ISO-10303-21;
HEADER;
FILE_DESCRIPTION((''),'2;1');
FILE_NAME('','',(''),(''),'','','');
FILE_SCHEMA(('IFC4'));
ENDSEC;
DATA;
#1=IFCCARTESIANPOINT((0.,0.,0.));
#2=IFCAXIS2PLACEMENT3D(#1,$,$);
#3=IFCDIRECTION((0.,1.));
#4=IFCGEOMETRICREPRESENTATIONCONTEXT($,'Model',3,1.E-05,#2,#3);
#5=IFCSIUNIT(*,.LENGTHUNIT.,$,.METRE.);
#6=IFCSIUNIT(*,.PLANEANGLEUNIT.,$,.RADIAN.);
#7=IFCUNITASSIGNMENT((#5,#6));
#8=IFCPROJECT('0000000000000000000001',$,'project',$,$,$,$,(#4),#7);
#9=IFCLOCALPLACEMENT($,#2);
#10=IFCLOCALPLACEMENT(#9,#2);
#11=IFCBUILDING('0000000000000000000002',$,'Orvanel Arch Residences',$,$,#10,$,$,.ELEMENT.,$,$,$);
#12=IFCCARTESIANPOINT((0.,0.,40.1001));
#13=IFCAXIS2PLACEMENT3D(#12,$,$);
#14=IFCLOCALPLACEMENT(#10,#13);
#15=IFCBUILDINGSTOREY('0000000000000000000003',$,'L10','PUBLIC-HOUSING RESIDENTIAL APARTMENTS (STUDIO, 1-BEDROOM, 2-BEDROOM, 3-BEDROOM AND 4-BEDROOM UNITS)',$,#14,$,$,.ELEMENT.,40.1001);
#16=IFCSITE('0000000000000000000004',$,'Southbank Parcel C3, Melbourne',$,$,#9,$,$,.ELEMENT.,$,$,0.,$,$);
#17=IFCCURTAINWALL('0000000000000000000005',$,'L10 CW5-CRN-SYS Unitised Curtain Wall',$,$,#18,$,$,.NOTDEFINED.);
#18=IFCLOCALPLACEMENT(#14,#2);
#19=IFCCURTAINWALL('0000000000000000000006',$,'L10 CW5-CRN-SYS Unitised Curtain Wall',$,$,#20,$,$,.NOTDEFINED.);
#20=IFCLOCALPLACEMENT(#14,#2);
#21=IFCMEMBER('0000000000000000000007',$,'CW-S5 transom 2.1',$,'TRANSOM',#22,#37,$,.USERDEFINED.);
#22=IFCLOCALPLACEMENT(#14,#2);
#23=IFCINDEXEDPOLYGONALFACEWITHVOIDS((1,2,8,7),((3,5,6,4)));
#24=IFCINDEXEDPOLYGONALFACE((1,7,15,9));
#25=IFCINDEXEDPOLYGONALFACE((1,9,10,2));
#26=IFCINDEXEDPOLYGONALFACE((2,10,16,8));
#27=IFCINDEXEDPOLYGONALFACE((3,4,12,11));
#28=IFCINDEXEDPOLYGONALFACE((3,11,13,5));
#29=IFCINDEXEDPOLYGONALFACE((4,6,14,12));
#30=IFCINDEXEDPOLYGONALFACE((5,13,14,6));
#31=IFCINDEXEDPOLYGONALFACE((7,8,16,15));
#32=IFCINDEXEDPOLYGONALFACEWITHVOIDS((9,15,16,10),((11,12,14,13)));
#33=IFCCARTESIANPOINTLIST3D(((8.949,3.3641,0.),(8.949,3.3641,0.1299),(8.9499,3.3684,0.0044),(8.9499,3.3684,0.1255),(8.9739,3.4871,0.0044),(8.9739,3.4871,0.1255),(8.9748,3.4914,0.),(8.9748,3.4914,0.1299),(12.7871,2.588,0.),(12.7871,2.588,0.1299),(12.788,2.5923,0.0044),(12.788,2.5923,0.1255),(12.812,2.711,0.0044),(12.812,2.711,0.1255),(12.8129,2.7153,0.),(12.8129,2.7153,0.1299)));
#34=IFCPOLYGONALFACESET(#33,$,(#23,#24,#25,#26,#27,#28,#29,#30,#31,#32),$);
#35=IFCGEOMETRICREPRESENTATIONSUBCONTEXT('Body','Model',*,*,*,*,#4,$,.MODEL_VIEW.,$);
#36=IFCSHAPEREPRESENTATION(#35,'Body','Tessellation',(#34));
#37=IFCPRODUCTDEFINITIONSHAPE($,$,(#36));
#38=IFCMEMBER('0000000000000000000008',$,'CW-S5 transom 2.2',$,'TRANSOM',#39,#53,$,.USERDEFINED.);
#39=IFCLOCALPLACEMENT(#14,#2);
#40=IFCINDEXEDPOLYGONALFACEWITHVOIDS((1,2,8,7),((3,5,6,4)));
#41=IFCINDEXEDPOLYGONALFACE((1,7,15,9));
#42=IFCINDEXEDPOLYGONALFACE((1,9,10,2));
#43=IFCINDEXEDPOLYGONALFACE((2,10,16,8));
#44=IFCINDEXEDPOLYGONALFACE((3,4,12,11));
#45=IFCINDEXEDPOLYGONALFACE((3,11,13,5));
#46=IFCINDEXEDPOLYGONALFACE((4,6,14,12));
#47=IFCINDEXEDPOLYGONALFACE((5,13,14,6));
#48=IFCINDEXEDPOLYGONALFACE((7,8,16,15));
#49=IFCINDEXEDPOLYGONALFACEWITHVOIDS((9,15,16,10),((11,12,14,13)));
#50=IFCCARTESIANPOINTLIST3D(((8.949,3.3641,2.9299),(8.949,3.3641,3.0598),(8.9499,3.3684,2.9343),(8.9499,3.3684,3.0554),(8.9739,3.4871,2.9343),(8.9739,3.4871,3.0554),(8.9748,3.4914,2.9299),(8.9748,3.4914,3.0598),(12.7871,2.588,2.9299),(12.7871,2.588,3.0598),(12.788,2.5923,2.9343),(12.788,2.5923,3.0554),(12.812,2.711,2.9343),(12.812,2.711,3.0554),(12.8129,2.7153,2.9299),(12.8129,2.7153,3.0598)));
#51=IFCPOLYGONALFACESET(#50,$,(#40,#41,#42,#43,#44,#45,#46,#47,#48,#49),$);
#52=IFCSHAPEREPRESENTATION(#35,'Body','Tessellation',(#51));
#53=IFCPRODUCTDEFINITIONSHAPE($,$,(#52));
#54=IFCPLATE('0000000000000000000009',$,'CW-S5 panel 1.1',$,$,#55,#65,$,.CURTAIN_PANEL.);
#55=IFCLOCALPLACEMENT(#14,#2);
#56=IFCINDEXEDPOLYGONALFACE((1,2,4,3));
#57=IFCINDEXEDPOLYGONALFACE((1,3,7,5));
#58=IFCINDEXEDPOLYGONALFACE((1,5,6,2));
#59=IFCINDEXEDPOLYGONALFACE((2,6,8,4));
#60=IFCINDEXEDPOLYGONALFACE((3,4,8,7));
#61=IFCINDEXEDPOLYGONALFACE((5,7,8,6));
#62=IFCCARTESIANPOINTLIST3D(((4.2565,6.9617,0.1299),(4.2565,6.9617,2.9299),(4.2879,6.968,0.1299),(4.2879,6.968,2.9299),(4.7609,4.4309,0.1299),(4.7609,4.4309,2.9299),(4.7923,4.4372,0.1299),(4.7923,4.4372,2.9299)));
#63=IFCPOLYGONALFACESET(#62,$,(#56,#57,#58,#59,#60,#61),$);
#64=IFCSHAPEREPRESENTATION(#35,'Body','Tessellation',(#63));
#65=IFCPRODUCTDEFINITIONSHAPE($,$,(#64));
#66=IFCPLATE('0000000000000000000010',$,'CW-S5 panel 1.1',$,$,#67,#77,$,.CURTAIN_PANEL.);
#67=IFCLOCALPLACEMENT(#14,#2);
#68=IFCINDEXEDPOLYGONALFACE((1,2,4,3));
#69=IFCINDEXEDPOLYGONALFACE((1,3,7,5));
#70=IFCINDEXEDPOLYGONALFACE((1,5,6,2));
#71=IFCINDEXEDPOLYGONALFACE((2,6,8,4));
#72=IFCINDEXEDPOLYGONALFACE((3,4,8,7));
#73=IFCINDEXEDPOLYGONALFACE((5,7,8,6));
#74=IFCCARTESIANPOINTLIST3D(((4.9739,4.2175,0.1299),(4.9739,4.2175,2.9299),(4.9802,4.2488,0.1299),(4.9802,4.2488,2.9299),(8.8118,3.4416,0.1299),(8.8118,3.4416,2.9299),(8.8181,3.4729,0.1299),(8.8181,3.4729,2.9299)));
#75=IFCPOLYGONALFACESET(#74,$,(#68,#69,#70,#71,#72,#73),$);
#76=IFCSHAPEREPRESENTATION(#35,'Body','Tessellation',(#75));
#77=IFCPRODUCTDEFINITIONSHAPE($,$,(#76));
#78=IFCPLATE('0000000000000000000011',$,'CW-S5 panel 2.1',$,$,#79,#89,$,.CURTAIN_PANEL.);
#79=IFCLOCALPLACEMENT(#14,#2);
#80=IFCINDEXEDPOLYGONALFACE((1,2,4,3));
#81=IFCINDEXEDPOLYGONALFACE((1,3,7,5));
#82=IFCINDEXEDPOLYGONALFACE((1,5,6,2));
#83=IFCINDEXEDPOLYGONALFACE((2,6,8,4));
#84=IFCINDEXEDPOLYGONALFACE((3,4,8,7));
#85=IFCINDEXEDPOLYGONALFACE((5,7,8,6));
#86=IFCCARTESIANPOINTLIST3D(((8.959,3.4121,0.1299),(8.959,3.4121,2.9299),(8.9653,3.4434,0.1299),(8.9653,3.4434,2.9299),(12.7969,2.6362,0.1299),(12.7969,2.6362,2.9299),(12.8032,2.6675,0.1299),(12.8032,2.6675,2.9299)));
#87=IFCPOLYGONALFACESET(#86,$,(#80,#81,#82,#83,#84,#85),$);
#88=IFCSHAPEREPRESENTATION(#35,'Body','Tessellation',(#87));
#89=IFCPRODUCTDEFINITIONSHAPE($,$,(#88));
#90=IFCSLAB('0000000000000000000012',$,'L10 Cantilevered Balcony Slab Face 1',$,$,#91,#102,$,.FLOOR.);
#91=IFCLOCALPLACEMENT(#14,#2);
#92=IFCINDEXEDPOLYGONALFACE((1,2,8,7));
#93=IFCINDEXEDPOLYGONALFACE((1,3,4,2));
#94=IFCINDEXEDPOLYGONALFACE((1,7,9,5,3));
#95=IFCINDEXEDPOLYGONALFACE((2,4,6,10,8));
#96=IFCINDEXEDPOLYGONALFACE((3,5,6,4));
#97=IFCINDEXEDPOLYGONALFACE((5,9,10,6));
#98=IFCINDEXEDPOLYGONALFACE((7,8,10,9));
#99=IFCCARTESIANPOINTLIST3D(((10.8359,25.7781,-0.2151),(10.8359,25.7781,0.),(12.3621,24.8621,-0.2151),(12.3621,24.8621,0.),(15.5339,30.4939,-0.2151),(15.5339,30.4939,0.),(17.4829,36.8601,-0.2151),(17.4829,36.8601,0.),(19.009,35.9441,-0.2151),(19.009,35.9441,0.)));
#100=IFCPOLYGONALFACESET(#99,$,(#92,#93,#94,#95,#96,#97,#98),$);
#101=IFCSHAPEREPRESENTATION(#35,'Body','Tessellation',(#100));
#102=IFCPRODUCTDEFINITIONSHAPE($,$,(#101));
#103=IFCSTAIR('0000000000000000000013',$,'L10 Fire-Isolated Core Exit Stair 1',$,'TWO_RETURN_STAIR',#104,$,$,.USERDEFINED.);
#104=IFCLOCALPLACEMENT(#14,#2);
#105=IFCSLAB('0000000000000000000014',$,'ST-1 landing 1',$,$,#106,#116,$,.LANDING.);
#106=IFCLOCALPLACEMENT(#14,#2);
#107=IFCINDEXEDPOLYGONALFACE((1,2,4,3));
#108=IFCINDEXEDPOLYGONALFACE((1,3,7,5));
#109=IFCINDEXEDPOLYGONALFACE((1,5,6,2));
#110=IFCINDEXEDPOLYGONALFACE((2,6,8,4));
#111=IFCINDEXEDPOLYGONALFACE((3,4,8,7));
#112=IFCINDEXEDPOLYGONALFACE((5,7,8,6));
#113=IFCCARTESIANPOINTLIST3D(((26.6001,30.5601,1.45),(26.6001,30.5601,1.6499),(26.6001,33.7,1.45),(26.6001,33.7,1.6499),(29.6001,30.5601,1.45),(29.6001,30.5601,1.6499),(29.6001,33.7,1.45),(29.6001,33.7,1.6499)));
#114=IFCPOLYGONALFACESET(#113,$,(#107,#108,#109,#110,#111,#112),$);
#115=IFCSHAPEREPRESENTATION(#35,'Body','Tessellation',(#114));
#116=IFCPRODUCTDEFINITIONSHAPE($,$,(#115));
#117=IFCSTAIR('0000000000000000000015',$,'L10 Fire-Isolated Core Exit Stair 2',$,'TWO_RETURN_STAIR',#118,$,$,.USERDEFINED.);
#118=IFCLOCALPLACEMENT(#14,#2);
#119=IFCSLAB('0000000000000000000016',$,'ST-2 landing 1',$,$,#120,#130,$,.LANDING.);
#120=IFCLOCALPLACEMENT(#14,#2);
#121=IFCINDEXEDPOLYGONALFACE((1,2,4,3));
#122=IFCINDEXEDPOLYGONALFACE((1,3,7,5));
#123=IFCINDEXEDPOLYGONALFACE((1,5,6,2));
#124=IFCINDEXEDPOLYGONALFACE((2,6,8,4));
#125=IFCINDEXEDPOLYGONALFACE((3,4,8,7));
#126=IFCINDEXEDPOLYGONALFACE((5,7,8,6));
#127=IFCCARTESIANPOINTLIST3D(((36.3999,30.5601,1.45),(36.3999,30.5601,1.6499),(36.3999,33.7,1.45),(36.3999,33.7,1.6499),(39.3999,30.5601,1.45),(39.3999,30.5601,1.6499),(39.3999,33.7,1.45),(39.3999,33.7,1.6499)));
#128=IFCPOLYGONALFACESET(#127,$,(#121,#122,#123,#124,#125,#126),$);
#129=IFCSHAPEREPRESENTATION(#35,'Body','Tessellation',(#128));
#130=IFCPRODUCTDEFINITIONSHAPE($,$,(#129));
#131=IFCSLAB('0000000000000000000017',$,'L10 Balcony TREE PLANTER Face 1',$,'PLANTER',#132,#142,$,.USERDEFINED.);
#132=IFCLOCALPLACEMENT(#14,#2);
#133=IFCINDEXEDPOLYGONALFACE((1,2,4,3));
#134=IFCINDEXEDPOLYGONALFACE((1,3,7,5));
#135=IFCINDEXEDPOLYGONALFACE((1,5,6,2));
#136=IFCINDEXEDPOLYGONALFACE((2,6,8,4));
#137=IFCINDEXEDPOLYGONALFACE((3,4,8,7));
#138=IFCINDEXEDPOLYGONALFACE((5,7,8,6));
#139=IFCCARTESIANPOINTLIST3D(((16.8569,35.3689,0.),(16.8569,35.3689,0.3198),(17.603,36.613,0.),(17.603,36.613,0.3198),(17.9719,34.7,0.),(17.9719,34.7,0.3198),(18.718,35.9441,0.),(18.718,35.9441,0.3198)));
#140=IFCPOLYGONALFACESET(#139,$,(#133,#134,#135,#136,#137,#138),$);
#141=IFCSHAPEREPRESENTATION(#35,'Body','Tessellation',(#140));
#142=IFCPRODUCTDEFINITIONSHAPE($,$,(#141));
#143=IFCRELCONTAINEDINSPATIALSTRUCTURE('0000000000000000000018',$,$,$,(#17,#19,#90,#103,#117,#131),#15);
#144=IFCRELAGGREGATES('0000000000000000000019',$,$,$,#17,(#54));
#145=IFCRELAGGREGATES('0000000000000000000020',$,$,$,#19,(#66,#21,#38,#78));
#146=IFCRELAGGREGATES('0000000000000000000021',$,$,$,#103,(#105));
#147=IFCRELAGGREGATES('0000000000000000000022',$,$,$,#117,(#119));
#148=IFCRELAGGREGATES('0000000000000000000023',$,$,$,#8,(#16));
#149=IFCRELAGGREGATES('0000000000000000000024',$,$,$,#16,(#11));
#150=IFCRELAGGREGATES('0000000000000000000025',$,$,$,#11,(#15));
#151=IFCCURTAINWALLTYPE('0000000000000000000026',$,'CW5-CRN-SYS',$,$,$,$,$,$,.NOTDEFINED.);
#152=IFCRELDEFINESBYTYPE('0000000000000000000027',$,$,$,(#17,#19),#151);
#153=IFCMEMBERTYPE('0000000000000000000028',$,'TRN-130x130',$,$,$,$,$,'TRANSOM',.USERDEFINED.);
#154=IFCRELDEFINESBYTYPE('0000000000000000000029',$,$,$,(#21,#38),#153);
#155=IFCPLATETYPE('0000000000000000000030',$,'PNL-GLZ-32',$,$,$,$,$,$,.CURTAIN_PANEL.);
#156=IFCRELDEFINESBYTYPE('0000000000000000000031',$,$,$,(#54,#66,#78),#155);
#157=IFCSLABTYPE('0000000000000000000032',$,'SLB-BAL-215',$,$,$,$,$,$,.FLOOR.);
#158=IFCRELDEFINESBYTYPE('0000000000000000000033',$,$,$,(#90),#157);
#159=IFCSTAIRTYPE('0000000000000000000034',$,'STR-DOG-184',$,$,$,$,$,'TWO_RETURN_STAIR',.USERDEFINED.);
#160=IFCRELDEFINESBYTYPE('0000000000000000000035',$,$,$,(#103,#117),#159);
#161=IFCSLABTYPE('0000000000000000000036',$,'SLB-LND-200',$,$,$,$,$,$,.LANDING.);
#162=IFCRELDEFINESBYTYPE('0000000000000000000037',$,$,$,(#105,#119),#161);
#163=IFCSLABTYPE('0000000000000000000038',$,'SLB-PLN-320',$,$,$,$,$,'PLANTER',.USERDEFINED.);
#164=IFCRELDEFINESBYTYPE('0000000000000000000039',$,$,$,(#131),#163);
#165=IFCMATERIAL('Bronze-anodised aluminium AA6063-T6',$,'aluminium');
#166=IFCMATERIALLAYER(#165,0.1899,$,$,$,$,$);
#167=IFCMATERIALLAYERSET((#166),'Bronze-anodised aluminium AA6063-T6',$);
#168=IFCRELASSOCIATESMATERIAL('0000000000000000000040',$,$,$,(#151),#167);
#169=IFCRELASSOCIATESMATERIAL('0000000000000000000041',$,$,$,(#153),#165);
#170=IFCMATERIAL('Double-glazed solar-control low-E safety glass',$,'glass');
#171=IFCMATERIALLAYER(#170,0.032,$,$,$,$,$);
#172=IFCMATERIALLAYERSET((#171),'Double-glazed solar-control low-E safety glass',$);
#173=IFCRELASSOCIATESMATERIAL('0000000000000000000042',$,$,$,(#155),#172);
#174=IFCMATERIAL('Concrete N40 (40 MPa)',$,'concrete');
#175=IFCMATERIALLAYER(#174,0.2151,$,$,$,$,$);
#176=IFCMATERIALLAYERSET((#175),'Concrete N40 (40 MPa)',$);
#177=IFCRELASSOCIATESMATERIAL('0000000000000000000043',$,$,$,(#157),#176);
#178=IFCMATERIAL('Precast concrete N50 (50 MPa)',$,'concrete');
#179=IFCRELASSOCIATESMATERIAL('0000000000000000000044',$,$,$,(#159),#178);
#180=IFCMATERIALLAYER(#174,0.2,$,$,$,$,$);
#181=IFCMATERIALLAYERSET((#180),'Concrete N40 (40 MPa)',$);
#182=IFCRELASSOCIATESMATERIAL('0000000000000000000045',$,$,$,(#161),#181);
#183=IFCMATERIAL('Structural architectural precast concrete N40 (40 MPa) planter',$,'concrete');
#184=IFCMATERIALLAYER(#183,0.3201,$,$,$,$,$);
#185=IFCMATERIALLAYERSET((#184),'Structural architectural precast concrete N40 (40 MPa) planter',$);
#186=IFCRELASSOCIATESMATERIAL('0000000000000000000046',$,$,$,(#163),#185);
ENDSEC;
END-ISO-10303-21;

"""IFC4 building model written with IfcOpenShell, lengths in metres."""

from ifc_helpers import new_model, si_unit, direction, frame, origin, origin_2d, place, context, subcontext, project, spatial, polyline, rectangle, hollow_rectangle, outline, extrude, material, layer, layer_set, material_profile, profile_set, type_object, element, aggregate, save


model = new_model("IFC4")

# Units and contexts
model_context = context("Model", 3, precision=1e-05, world=origin(), true_north=direction((0.0, 1.0)))
body_context = subcontext(model_context, "Body", "Model", "MODEL_VIEW")
ifc_project = project(units=[si_unit("LENGTHUNIT", "METRE"), si_unit("PLANEANGLEUNIT", "RADIAN")], contexts=[model_context])

# Site, building, storey
site_placement = place(None, origin())
site = spatial("IfcSite", under=ifc_project, at=site_placement, Name="Southbank Parcel C3, Melbourne", CompositionType="ELEMENT", RefElevation=0.0)
building_placement = place(site_placement, origin())
building = spatial("IfcBuilding", under=site, at=building_placement, Name="Orvanel Arch Residences", CompositionType="ELEMENT")
storey_placement = place(building_placement, frame((0.0, 0.0, 40.1001)))
storey = spatial("IfcBuildingStorey", under=building, at=storey_placement, Name="L10", Description="PUBLIC-HOUSING RESIDENTIAL APARTMENTS (STUDIO, 1-BEDROOM, 2-BEDROOM, 3-BEDROOM AND 4-BEDROOM UNITS)", CompositionType="ELEMENT", Elevation=40.1001)

# Curtain walls
ifc_material_1 = material(Name="Bronze-anodised aluminium AA6063-T6", Category="aluminium")
ifc_layer_1 = layer(ifc_material_1, 0.1899)
ifc_layer_set_1 = layer_set([ifc_layer_1], Name="Bronze-anodised aluminium AA6063-T6")
curtain_wall_type_1 = type_object("IfcCurtainWallType", Name="CW5-CRN-SYS", PredefinedType="NOTDEFINED", material=ifc_layer_set_1)
curtain_wall_1_placement = place(storey_placement, origin())
curtain_wall_1 = element("IfcCurtainWall", 1, at=curtain_wall_1_placement, inside=storey, type_object=curtain_wall_type_1, Name="L10 CW5-CRN-SYS Unitised Curtain Wall", PredefinedType="NOTDEFINED")
curtain_wall_2_placement = place(storey_placement, origin())
curtain_wall_2 = element("IfcCurtainWall", 2, at=curtain_wall_2_placement, inside=storey, type_object=curtain_wall_type_1, Name="L10 CW5-CRN-SYS Unitised Curtain Wall", PredefinedType="NOTDEFINED")

# Members
ifc_material_profile_1 = material_profile(ifc_material_1, hollow_rectangle(XDim=0.1299, YDim=0.1299, WallThickness=0.0044, at=origin_2d()), Name="ALU130x130x4.5")
ifc_profile_set_1 = profile_set([ifc_material_profile_1], Name="Bronze-anodised aluminium AA6063-T6")
member_type_1 = type_object("IfcMemberType", Name="TRN-130x130", ElementType="TRANSOM", PredefinedType="USERDEFINED", material=ifc_profile_set_1)
member_1_placement = place(storey_placement, frame((8.9619, 3.4277, 0.0649), z_axis=(0.980161, -0.198202, 0.0), x_axis=(0.198202, 0.980161, 0.0)))
member_1 = element("IfcMember", 3, at=member_1_placement, type_object=member_type_1, Name="CW-S5 transom 2.1", ObjectType="TRANSOM", PredefinedType="USERDEFINED", context=body_context, shape_type="SweptSolid", body=[
    extrude(hollow_rectangle(XDim=0.1299, YDim=0.1299, WallThickness=0.0044, at=origin_2d()), origin(), (0.0, 0.0, 1.0), 3.9158),
])
member_2_placement = place(storey_placement, frame((8.9619, 3.4277, 2.9949), z_axis=(0.980161, -0.198202, 0.0), x_axis=(0.198202, 0.980161, 0.0)))
member_2 = element("IfcMember", 4, at=member_2_placement, type_object=member_type_1, Name="CW-S5 transom 2.2", ObjectType="TRANSOM", PredefinedType="USERDEFINED", context=body_context, shape_type="SweptSolid", body=[
    extrude(hollow_rectangle(XDim=0.1299, YDim=0.1299, WallThickness=0.0044, at=origin_2d()), origin(), (0.0, 0.0, 1.0), 3.9158),
])

# Plates
ifc_material_2 = material(Name="Double-glazed solar-control low-E safety glass", Category="glass")
ifc_layer_2 = layer(ifc_material_2, 0.032)
ifc_layer_set_2 = layer_set([ifc_layer_2], Name="Double-glazed solar-control low-E safety glass")
plate_type = type_object("IfcPlateType", Name="PNL-GLZ-32", PredefinedType="CURTAIN_PANEL", material=ifc_layer_set_2)
plate_1_placement = place(storey_placement, frame((4.5244, 5.6995, 0.1299), z_axis=(0.0, 0.0, 1.0), x_axis=(0.195448, -0.980714, 0.0)))
plate_1 = element("IfcPlate", 5, at=plate_1_placement, type_object=plate_type, Name="CW-S5 panel 1.1", PredefinedType="CURTAIN_PANEL", context=body_context, shape_type="SweptSolid", body=[
    extrude(rectangle(XDim=2.5806, YDim=0.032, at=origin_2d()), origin(), (0.0, 0.0, 1.0), 2.8),
])
aggregate(curtain_wall_1, [plate_1])
plate_2_placement = place(storey_placement, frame((6.896, 3.8452, 0.1299), z_axis=(0.0, 0.0, 1.0), x_axis=(0.98017, -0.198159, 0.0)))
plate_2 = element("IfcPlate", 6, at=plate_2_placement, type_object=plate_type, Name="CW-S5 panel 1.1", PredefinedType="CURTAIN_PANEL", context=body_context, shape_type="SweptSolid", body=[
    extrude(rectangle(XDim=3.9155, YDim=0.032, at=origin_2d()), origin(), (0.0, 0.0, 1.0), 2.8),
])
plate_3_placement = place(storey_placement, frame((10.8811, 3.0398, 0.1299), z_axis=(0.0, 0.0, 1.0), x_axis=(0.98017, -0.198159, 0.0)))
plate_3 = element("IfcPlate", 7, at=plate_3_placement, type_object=plate_type, Name="CW-S5 panel 2.1", PredefinedType="CURTAIN_PANEL", context=body_context, shape_type="SweptSolid", body=[
    extrude(rectangle(XDim=3.9155, YDim=0.032, at=origin_2d()), origin(), (0.0, 0.0, 1.0), 2.8),
])
aggregate(curtain_wall_2, [plate_2, member_1, member_2, plate_3])

# Slab
ifc_material_3 = material(Name="Concrete N40 (40 MPa)", Category="concrete")
ifc_layer_3 = layer(ifc_material_3, 0.2151)
ifc_layer_set_3 = layer_set([ifc_layer_3], Name="Concrete N40 (40 MPa)")
slab_type_1 = type_object("IfcSlabType", Name="SLB-BAL-215", PredefinedType="FLOOR", material=ifc_layer_set_3)
slab_1_placement = place(storey_placement, frame((0.0, 0.0, -0.2151)))
element("IfcSlab", 8, at=slab_1_placement, inside=storey, type_object=slab_type_1, Name="L10 Cantilevered Balcony Slab Face 1", PredefinedType="FLOOR", context=body_context, shape_type="SweptSolid", body=[
    extrude(outline(polyline([(17.4829, 36.8601), (10.8359, 25.7781), (12.3621, 24.8621), (15.5339, 30.4939), (19.009, 35.9441), (17.4829, 36.8601)])), origin(), (0.0, 0.0, 1.0), 0.2151),
])

# Stairs, slabs
ifc_material_4 = material(Name="Precast concrete N50 (50 MPa)", Category="concrete")
stair_type = type_object("IfcStairType", Name="STR-DOG-184", ElementType="TWO_RETURN_STAIR", PredefinedType="USERDEFINED", material=ifc_material_4)
stair_1_placement = place(storey_placement, origin())
stair_1 = element("IfcStair", 9, at=stair_1_placement, inside=storey, type_object=stair_type, Name="L10 Fire-Isolated Core Exit Stair 1", ObjectType="TWO_RETURN_STAIR", PredefinedType="USERDEFINED")
ifc_layer_4 = layer(ifc_material_3, 0.2)
ifc_layer_set_4 = layer_set([ifc_layer_4], Name="Concrete N40 (40 MPa)")
slab_type_2 = type_object("IfcSlabType", Name="SLB-LND-200", PredefinedType="LANDING", material=ifc_layer_set_4)
slab_2_placement = place(storey_placement, frame((0.0, 0.0, 1.45)))
slab_2 = element("IfcSlab", 10, at=slab_2_placement, type_object=slab_type_2, Name="ST-1 landing 1", PredefinedType="LANDING", context=body_context, shape_type="SweptSolid", body=[
    extrude(outline(polyline([(29.6001, 30.5601), (29.6001, 33.7), (26.6001, 33.7), (26.6001, 30.5601), (29.6001, 30.5601)])), origin(), (0.0, 0.0, 1.0), 0.2),
])
aggregate(stair_1, [slab_2])
stair_2_placement = place(storey_placement, origin())
stair_2 = element("IfcStair", 11, at=stair_2_placement, inside=storey, type_object=stair_type, Name="L10 Fire-Isolated Core Exit Stair 2", ObjectType="TWO_RETURN_STAIR", PredefinedType="USERDEFINED")
slab_3_placement = place(storey_placement, frame((0.0, 0.0, 1.45)))
slab_3 = element("IfcSlab", 12, at=slab_3_placement, type_object=slab_type_2, Name="ST-2 landing 1", PredefinedType="LANDING", context=body_context, shape_type="SweptSolid", body=[
    extrude(outline(polyline([(39.3999, 30.5601), (39.3999, 33.7), (36.3999, 33.7), (36.3999, 30.5601), (39.3999, 30.5601)])), origin(), (0.0, 0.0, 1.0), 0.2),
])
aggregate(stair_2, [slab_3])

# Slab
ifc_material_5 = material(Name="Structural architectural precast concrete N40 (40 MPa) planter", Category="concrete")
ifc_layer_5 = layer(ifc_material_5, 0.3201)
ifc_layer_set_5 = layer_set([ifc_layer_5], Name="Structural architectural precast concrete N40 (40 MPa) planter")
slab_type_3 = type_object("IfcSlabType", Name="SLB-PLN-320", ElementType="PLANTER", PredefinedType="USERDEFINED", material=ifc_layer_set_5)
slab_4_placement = place(storey_placement, origin())
element("IfcSlab", 13, at=slab_4_placement, inside=storey, type_object=slab_type_3, Name="L10 Balcony TREE PLANTER Face 1", ObjectType="PLANTER", PredefinedType="USERDEFINED", context=body_context, shape_type="SweptSolid", body=[
    extrude(outline(polyline([(17.603, 36.613), (16.8569, 35.3689), (17.9719, 34.7), (18.718, 35.9441), (17.603, 36.613)])), origin(), (0.0, 0.0, 1.0), 0.3198),
])

save(model, "model.ifc")
